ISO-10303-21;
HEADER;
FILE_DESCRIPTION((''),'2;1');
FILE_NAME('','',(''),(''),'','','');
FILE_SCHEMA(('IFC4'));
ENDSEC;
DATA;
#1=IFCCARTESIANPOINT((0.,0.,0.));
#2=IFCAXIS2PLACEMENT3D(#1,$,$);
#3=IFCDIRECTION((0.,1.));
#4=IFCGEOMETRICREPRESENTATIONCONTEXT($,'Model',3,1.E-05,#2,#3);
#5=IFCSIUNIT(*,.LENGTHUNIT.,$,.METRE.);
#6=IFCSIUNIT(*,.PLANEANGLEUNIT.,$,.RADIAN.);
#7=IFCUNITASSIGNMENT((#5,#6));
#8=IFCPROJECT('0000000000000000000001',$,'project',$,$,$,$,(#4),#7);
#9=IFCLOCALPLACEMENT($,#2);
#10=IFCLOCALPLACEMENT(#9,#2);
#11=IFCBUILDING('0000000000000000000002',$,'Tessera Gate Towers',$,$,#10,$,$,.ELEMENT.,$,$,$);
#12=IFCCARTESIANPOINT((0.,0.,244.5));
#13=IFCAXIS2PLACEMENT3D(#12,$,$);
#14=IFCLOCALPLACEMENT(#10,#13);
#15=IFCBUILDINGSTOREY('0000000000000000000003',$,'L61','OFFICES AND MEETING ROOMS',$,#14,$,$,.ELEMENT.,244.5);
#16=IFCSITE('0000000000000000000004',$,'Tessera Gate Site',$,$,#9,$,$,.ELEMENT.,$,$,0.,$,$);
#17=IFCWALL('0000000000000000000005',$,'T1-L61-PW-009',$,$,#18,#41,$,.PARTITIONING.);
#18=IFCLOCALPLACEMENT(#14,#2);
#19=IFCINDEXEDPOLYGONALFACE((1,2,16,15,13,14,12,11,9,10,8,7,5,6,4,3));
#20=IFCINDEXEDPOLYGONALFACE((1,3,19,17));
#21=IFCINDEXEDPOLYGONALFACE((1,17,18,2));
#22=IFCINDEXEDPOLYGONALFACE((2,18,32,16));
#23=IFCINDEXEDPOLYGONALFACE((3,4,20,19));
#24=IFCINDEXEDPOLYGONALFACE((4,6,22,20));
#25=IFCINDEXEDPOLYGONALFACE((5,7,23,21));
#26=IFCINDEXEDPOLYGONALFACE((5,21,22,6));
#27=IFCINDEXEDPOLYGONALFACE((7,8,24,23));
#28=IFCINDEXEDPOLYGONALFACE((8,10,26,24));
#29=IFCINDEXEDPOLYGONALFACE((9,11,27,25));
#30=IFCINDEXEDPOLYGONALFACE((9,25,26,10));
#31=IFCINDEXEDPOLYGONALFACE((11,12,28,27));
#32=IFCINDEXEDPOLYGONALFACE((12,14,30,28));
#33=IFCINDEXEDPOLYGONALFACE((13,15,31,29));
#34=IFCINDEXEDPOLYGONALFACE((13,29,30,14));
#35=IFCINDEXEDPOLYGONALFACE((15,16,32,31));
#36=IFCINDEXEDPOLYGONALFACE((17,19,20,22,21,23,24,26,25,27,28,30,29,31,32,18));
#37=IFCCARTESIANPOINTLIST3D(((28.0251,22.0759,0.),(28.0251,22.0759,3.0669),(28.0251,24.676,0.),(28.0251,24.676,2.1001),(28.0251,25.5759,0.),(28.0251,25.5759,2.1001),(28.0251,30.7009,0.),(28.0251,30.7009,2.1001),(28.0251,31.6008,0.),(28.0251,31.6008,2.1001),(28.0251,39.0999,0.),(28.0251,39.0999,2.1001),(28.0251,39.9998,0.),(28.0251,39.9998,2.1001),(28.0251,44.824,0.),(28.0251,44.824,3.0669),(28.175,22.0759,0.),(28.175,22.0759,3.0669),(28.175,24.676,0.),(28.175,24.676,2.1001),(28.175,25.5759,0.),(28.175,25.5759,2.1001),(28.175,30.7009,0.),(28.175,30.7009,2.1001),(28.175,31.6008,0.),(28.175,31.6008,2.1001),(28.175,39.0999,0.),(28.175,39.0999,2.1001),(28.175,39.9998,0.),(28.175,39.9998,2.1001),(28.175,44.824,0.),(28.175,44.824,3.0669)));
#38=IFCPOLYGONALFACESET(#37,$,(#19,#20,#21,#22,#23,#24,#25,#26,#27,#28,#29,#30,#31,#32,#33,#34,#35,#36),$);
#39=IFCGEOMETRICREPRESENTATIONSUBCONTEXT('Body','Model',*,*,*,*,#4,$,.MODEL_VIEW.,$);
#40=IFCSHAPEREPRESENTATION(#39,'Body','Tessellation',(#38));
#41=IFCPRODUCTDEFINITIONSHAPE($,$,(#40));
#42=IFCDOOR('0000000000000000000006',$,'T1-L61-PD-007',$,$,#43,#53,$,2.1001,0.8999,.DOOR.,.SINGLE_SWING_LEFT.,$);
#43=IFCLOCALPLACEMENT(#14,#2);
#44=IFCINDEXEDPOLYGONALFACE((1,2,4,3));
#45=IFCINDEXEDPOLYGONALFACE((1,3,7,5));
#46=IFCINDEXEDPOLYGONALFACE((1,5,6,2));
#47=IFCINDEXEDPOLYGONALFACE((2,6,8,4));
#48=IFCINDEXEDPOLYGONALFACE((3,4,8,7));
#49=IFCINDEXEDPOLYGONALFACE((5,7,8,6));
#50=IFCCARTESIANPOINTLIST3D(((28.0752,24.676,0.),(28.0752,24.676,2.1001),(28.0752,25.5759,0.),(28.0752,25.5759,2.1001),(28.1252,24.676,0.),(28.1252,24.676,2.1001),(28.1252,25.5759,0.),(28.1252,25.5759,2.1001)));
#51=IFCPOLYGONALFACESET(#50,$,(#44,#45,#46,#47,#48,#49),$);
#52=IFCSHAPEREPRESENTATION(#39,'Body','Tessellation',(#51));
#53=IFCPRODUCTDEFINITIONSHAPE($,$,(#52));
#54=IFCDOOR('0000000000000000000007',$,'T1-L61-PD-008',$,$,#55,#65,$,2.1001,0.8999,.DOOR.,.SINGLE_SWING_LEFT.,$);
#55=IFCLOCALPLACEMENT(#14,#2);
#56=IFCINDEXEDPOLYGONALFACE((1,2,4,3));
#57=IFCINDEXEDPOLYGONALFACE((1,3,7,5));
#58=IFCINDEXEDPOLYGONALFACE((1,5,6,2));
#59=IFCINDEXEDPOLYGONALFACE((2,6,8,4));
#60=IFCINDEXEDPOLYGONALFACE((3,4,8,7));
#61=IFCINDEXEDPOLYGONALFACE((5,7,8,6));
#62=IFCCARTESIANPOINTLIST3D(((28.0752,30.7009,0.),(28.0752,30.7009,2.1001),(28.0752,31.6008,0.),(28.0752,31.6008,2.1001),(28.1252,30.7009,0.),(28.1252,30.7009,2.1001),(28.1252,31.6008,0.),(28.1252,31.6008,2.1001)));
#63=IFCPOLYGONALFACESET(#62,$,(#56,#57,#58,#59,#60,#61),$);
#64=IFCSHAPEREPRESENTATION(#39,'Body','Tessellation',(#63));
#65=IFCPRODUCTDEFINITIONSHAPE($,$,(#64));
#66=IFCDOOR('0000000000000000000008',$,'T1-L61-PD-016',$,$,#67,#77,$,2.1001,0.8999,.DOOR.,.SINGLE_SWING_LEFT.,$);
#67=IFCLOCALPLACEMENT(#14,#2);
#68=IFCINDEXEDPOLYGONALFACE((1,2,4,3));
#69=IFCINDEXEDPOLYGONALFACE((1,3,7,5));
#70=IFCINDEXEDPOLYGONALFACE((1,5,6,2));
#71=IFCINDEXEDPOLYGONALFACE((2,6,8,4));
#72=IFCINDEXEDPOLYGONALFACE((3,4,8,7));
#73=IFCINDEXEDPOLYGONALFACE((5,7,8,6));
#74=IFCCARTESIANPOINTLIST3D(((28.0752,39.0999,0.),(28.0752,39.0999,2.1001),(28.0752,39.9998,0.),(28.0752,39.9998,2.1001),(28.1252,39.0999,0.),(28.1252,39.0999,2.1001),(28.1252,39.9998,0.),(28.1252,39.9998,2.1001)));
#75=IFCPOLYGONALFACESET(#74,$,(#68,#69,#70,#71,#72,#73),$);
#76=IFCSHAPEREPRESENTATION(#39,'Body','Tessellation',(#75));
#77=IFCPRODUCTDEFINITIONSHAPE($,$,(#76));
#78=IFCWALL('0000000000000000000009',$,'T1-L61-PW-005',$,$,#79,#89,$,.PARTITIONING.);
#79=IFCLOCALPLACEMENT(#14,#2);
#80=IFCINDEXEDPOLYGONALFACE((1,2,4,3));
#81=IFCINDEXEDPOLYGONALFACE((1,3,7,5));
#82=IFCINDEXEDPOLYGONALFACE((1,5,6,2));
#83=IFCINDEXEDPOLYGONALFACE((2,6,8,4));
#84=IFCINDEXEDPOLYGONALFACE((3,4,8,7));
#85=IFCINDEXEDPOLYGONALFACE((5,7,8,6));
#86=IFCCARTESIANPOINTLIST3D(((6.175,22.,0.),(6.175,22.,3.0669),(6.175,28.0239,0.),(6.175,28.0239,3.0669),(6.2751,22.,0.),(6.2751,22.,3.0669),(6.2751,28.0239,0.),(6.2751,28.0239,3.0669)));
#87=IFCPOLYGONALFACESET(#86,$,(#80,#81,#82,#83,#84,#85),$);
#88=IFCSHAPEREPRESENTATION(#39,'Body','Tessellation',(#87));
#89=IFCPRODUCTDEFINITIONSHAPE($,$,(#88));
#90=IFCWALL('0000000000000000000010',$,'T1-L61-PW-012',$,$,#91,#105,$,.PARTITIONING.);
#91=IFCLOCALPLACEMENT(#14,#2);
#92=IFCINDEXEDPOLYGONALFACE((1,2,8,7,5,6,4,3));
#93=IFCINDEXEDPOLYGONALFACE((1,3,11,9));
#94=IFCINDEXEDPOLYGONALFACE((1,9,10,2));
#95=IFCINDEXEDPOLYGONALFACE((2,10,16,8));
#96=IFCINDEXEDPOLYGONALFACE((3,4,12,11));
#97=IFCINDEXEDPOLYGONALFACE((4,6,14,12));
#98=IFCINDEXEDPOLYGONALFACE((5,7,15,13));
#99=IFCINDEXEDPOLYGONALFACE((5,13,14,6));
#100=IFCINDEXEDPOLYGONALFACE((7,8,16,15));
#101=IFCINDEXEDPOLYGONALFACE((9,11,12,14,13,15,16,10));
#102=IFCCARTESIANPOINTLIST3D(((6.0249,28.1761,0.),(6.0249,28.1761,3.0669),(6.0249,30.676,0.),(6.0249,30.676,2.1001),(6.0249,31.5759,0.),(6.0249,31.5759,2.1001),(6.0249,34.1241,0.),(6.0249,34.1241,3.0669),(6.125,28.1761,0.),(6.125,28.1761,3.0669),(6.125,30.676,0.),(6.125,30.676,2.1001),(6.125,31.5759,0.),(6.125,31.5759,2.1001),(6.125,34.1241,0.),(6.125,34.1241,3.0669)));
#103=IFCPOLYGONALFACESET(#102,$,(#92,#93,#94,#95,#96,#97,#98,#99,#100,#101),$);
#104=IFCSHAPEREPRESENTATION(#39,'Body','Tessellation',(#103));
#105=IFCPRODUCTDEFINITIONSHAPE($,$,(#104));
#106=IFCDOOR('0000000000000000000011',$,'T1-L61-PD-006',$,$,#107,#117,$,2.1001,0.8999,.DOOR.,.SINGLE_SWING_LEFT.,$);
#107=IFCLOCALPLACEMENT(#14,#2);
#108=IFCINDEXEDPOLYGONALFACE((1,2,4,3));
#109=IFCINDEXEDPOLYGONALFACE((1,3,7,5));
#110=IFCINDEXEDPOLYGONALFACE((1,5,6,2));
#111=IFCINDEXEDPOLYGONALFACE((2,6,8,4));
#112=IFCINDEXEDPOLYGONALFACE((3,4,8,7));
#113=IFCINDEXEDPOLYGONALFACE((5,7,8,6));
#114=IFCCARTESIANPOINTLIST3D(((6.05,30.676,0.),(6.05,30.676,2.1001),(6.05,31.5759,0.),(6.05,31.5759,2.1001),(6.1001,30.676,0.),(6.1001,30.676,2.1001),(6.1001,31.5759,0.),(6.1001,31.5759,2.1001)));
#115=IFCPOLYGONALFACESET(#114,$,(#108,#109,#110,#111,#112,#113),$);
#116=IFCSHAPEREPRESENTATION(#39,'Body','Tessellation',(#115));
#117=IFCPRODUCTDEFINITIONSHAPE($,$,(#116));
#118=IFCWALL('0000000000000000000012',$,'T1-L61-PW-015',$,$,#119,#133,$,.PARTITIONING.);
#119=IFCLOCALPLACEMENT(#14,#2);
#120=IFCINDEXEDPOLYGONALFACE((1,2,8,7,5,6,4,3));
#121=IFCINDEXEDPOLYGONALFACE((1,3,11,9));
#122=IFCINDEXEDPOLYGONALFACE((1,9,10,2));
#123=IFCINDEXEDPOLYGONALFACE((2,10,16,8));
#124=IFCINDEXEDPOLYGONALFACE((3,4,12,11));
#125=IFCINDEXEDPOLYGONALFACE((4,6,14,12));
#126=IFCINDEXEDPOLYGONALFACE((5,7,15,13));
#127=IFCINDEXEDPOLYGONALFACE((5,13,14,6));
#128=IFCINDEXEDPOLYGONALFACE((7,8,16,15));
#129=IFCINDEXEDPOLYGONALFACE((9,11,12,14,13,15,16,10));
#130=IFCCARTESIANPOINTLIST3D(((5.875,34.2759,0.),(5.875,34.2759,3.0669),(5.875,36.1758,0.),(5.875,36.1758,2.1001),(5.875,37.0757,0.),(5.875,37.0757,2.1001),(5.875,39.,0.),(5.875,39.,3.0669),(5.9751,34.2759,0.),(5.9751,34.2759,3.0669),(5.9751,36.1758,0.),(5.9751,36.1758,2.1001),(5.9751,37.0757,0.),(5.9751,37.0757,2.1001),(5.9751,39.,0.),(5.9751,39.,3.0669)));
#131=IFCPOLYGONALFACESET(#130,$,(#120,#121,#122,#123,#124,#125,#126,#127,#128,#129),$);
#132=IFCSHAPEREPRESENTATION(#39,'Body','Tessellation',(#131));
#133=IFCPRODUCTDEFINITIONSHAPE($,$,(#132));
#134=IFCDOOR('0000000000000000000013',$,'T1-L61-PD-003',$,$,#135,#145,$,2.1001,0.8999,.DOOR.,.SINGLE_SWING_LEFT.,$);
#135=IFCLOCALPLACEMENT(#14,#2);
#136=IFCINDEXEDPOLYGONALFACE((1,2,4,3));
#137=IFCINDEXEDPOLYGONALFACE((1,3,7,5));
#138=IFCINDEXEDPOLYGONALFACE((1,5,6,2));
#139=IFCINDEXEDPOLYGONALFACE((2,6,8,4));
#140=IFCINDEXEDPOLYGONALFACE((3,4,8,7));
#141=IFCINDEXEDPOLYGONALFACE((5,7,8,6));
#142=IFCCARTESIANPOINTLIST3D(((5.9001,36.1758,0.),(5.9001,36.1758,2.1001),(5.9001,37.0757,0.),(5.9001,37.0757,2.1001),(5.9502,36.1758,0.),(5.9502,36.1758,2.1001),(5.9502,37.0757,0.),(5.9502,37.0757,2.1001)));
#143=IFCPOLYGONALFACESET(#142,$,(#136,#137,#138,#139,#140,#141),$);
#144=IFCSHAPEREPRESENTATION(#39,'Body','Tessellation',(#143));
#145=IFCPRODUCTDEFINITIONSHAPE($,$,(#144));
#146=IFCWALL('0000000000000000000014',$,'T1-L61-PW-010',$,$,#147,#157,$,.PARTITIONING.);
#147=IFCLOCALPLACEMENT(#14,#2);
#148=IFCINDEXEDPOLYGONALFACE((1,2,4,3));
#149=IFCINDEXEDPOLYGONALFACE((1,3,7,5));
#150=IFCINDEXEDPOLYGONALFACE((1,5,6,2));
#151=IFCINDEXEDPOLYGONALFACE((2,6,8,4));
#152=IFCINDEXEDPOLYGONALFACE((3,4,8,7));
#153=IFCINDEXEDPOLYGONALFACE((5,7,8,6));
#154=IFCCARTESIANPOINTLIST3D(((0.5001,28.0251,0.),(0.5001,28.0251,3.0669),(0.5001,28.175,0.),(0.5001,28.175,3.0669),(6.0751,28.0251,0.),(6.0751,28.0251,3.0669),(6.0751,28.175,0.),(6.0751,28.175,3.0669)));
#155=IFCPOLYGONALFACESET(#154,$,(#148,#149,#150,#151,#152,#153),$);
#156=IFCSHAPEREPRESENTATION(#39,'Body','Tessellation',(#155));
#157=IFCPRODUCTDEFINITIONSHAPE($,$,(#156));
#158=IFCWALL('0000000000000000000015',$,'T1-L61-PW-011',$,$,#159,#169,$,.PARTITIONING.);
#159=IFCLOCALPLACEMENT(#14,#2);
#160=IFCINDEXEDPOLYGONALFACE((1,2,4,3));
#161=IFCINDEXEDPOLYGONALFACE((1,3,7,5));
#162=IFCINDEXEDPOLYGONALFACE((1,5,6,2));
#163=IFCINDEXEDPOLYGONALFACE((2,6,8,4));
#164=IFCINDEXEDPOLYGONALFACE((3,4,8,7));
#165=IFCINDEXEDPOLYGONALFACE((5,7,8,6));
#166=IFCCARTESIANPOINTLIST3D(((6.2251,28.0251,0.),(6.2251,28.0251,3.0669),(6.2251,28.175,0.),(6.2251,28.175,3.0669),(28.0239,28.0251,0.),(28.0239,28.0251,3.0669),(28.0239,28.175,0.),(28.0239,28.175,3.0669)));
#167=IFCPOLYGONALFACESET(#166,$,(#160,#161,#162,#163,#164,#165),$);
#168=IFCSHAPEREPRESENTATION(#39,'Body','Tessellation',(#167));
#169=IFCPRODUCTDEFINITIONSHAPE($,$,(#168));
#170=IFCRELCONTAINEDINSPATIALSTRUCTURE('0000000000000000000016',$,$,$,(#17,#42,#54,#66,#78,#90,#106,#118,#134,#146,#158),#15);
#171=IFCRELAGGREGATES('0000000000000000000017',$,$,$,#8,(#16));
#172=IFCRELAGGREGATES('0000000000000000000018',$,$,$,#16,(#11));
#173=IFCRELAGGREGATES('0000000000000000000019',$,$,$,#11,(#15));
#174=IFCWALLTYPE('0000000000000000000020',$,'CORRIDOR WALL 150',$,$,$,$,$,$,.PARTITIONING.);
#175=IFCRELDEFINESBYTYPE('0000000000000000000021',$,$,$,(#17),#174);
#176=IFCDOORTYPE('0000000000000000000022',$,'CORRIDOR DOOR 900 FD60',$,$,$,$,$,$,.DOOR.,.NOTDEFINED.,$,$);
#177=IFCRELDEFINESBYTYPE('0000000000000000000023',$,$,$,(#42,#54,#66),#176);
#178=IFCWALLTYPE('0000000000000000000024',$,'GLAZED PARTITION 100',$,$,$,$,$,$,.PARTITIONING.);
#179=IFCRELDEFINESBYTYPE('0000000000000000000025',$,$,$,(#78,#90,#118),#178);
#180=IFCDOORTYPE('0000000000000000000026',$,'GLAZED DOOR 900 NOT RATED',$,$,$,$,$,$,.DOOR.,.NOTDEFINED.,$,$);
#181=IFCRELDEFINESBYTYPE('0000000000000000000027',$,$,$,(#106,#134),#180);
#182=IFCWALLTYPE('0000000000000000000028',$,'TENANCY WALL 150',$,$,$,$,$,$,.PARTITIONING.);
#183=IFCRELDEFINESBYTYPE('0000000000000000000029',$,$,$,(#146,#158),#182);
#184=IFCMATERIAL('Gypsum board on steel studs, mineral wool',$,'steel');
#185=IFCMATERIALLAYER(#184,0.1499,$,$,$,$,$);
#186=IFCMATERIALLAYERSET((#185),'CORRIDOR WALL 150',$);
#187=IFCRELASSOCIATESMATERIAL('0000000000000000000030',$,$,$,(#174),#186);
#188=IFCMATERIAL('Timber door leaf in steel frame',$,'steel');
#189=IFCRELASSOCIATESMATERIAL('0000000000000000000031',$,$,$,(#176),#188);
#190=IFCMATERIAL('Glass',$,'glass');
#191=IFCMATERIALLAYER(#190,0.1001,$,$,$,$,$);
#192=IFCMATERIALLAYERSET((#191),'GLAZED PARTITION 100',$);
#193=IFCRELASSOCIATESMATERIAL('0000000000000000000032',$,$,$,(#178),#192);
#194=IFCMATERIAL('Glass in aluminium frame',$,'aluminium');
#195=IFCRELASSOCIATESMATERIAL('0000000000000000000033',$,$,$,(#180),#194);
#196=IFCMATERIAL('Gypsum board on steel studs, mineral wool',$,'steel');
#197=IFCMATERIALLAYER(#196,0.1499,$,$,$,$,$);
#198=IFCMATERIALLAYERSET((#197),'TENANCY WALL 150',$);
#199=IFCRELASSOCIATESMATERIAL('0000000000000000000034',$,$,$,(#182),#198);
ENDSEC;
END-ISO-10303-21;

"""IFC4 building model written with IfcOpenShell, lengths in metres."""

from ifc_helpers import new_model, si_unit, direction, frame, frame_2d, origin, place, context, subcontext, project, spatial, rectangle, extrude, source, transform, mapped, material, layer, layer_set, type_object, element, fill, save


model = new_model("IFC4")

# Units and contexts
model_context = context("Model", 3, precision=1e-05, world=origin(), true_north=direction((0.0, 1.0)))
body_context = subcontext(model_context, "Body", "Model", "MODEL_VIEW")
ifc_project = project(units=[si_unit("LENGTHUNIT", "METRE"), si_unit("PLANEANGLEUNIT", "RADIAN")], contexts=[model_context])

# Site, building, storey
site_placement = place(None, origin())
site = spatial("IfcSite", under=ifc_project, at=site_placement, Name="Tessera Gate Site", CompositionType="ELEMENT", RefElevation=0.0)
building_placement = place(site_placement, origin())
building = spatial("IfcBuilding", under=site, at=building_placement, Name="Tessera Gate Towers", CompositionType="ELEMENT")
storey_placement = place(building_placement, frame((0.0, 0.0, 244.5)))
storey = spatial("IfcBuildingStorey", under=building, at=storey_placement, Name="L61", Description="OFFICES AND MEETING ROOMS", CompositionType="ELEMENT", Elevation=244.5)

# Wall, openings, doors
ifc_material_1 = material(Name="Gypsum board on steel studs, mineral wool", Category="steel")
ifc_layer_1 = layer(ifc_material_1, 0.1499)
ifc_layer_set_1 = layer_set([ifc_layer_1], Name="CORRIDOR WALL 150")
wall_type_1 = type_object("IfcWallType", Name="CORRIDOR WALL 150", PredefinedType="PARTITIONING", material=ifc_layer_set_1)
wall_1_placement = place(storey_placement, frame((28.1001, 22.0759, 0.0), z_axis=(0.0, 0.0, 1.0), x_axis=(0.0, 1.0, 0.0)))
wall_1 = element("IfcWall", 1, at=wall_1_placement, inside=storey, type_object=wall_type_1, Name="T1-L61-PW-009", PredefinedType="PARTITIONING", context=body_context, shape_type="SweptSolid", body=[
    extrude(rectangle(XDim=22.748, YDim=0.1499, at=frame_2d((11.374, 0.0))), origin(), (0.0, 0.0, 1.0), 3.0669),
])
shared_shape_1 = source(origin(), body_context, "Body", "SweptSolid", [
    extrude(rectangle(XDim=0.8999, YDim=2.1001, at=frame_2d((0.45, 1.05))), frame((0.0, 0.085, 0.0), z_axis=(0.0, -1.0, 0.0), x_axis=(1.0, 0.0, 0.0)), (0.0, 0.0, 1.0), 0.1699),
])
opening_1_placement = place(wall_1_placement, frame((2.6001, 0.0, 0.0)))
opening_1 = element("IfcOpeningElement", 2, at=opening_1_placement, cuts=wall_1, PredefinedType="OPENING", context=body_context, shape_type="MappedRepresentation", body=[
    mapped(shared_shape_1, transform((0.0, 0.0, 0.0), scale=1.0)),
])
opening_2_placement = place(wall_1_placement, frame((8.625, 0.0, 0.0)))
opening_2 = element("IfcOpeningElement", 3, at=opening_2_placement, cuts=wall_1, PredefinedType="OPENING", context=body_context, shape_type="MappedRepresentation", body=[
    mapped(shared_shape_1, transform((0.0, 0.0, 0.0), scale=1.0)),
])
opening_3_placement = place(wall_1_placement, frame((17.0239, 0.0, 0.0)))
opening_3 = element("IfcOpeningElement", 4, at=opening_3_placement, cuts=wall_1, PredefinedType="OPENING", context=body_context, shape_type="MappedRepresentation", body=[
    mapped(shared_shape_1, transform((0.0, 0.0, 0.0), scale=1.0)),
])
ifc_material_2 = material(Name="Timber door leaf in steel frame", Category="steel")
door_type_1 = type_object("IfcDoorType", Name="CORRIDOR DOOR 900 FD60", OperationType="NOTDEFINED", PredefinedType="DOOR", material=ifc_material_2)
shared_shape_2 = source(origin(), body_context, "Body", "SweptSolid", [
    extrude(rectangle(XDim=0.8999, YDim=2.1001, at=frame_2d((0.45, 1.05))), frame((0.0, 0.0249, 0.0), z_axis=(0.0, -1.0, 0.0), x_axis=(1.0, 0.0, 0.0)), (0.0, 0.0, 1.0), 0.05),
])
door_1_placement = place(opening_1_placement, origin())
door_1 = element("IfcDoor", 5, at=door_1_placement, inside=storey, type_object=door_type_1, Name="T1-L61-PD-007", OperationType="SINGLE_SWING_LEFT", OverallHeight=2.1001, OverallWidth=0.8999, PredefinedType="DOOR", context=body_context, shape_type="MappedRepresentation", body=[
    mapped(shared_shape_2, transform((0.0, 0.0, 0.0), scale=1.0)),
])
fill(opening_1, door_1)
door_2_placement = place(opening_2_placement, origin())
door_2 = element("IfcDoor", 6, at=door_2_placement, inside=storey, type_object=door_type_1, Name="T1-L61-PD-008", OperationType="SINGLE_SWING_LEFT", OverallHeight=2.1001, OverallWidth=0.8999, PredefinedType="DOOR", context=body_context, shape_type="MappedRepresentation", body=[
    mapped(shared_shape_2, transform((0.0, 0.0, 0.0), scale=1.0)),
])
fill(opening_2, door_2)
door_3_placement = place(opening_3_placement, origin())
door_3 = element("IfcDoor", 7, at=door_3_placement, inside=storey, type_object=door_type_1, Name="T1-L61-PD-016", OperationType="SINGLE_SWING_LEFT", OverallHeight=2.1001, OverallWidth=0.8999, PredefinedType="DOOR", context=body_context, shape_type="MappedRepresentation", body=[
    mapped(shared_shape_2, transform((0.0, 0.0, 0.0), scale=1.0)),
])
fill(opening_3, door_3)

# Wall
ifc_material_3 = material(Name="Glass", Category="glass")
ifc_layer_2 = layer(ifc_material_3, 0.1001)
ifc_layer_set_2 = layer_set([ifc_layer_2], Name="GLAZED PARTITION 100")
wall_type_2 = type_object("IfcWallType", Name="GLAZED PARTITION 100", PredefinedType="PARTITIONING", material=ifc_layer_set_2)
wall_2_placement = place(storey_placement, frame((6.2251, 22.0, 0.0), z_axis=(0.0, 0.0, 1.0), x_axis=(0.0, 1.0, 0.0)))
element("IfcWall", 8, at=wall_2_placement, inside=storey, type_object=wall_type_2, Name="T1-L61-PW-005", PredefinedType="PARTITIONING", context=body_context, shape_type="SweptSolid", body=[
    extrude(rectangle(XDim=6.0239, YDim=0.1001, at=frame_2d((3.012, 0.0))), origin(), (0.0, 0.0, 1.0), 3.0669),
])

# Walls, openings, doors
wall_3_placement = place(storey_placement, frame((6.075, 28.176, 0.0), z_axis=(0.0, 0.0, 1.0), x_axis=(0.0, 1.0, 0.0)))
wall_3 = element("IfcWall", 9, at=wall_3_placement, inside=storey, type_object=wall_type_2, Name="T1-L61-PW-012", PredefinedType="PARTITIONING", context=body_context, shape_type="SweptSolid", body=[
    extrude(rectangle(XDim=5.948, YDim=0.1001, at=frame_2d((2.9741, 0.0))), origin(), (0.0, 0.0, 1.0), 3.0669),
])
shared_shape_3 = source(origin(), body_context, "Body", "SweptSolid", [
    extrude(rectangle(XDim=0.8999, YDim=2.1001, at=frame_2d((0.45, 1.05))), frame((0.0, 0.0601, 0.0), z_axis=(0.0, -1.0, 0.0), x_axis=(1.0, 0.0, 0.0)), (0.0, 0.0, 1.0), 0.1201),
])
opening_4_placement = place(wall_3_placement, frame((2.5, 0.0, 0.0)))
opening_4 = element("IfcOpeningElement", 10, at=opening_4_placement, cuts=wall_3, PredefinedType="OPENING", context=body_context, shape_type="MappedRepresentation", body=[
    mapped(shared_shape_3, transform((0.0, 0.0, 0.0), scale=1.0)),
])
ifc_material_4 = material(Name="Glass in aluminium frame", Category="aluminium")
door_type_2 = type_object("IfcDoorType", Name="GLAZED DOOR 900 NOT RATED", OperationType="NOTDEFINED", PredefinedType="DOOR", material=ifc_material_4)
door_4_placement = place(opening_4_placement, origin())
door_4 = element("IfcDoor", 11, at=door_4_placement, inside=storey, type_object=door_type_2, Name="T1-L61-PD-006", OperationType="SINGLE_SWING_LEFT", OverallHeight=2.1001, OverallWidth=0.8999, PredefinedType="DOOR", context=body_context, shape_type="MappedRepresentation", body=[
    mapped(shared_shape_2, transform((0.0, 0.0, 0.0), scale=1.0)),
])
fill(opening_4, door_4)
wall_4_placement = place(storey_placement, frame((5.925, 34.2759, 0.0), z_axis=(0.0, 0.0, 1.0), x_axis=(0.0, 1.0, 0.0)))
wall_4 = element("IfcWall", 12, at=wall_4_placement, inside=storey, type_object=wall_type_2, Name="T1-L61-PW-015", PredefinedType="PARTITIONING", context=body_context, shape_type="SweptSolid", body=[
    extrude(rectangle(XDim=4.7241, YDim=0.1001, at=frame_2d((2.3621, 0.0))), origin(), (0.0, 0.0, 1.0), 3.0669),
])
opening_5_placement = place(wall_4_placement, frame((1.8999, 0.0, 0.0)))
opening_5 = element("IfcOpeningElement", 13, at=opening_5_placement, cuts=wall_4, PredefinedType="OPENING", context=body_context, shape_type="MappedRepresentation", body=[
    mapped(shared_shape_3, transform((0.0, 0.0, 0.0), scale=1.0)),
])
door_5_placement = place(opening_5_placement, origin())
door_5 = element("IfcDoor", 14, at=door_5_placement, inside=storey, type_object=door_type_2, Name="T1-L61-PD-003", OperationType="SINGLE_SWING_LEFT", OverallHeight=2.1001, OverallWidth=0.8999, PredefinedType="DOOR", context=body_context, shape_type="MappedRepresentation", body=[
    mapped(shared_shape_2, transform((0.0, 0.0, 0.0), scale=1.0)),
])
fill(opening_5, door_5)

# Walls
ifc_material_5 = material(Name="Gypsum board on steel studs, mineral wool", Category="steel")
ifc_layer_3 = layer(ifc_material_5, 0.1499)
ifc_layer_set_3 = layer_set([ifc_layer_3], Name="TENANCY WALL 150")
wall_type_3 = type_object("IfcWallType", Name="TENANCY WALL 150", PredefinedType="PARTITIONING", material=ifc_layer_set_3)
wall_5_placement = place(storey_placement, frame((0.5, 28.1001, 0.0), z_axis=(0.0, 0.0, 1.0), x_axis=(1.0, 0.0, 0.0)))
element("IfcWall", 15, at=wall_5_placement, inside=storey, type_object=wall_type_3, Name="T1-L61-PW-010", PredefinedType="PARTITIONING", context=body_context, shape_type="SweptSolid", body=[
    extrude(rectangle(XDim=5.575, YDim=0.1499, at=frame_2d((2.7876, 0.0))), origin(), (0.0, 0.0, 1.0), 3.0669),
])
wall_6_placement = place(storey_placement, frame((6.2251, 28.1001, 0.0), z_axis=(0.0, 0.0, 1.0), x_axis=(1.0, 0.0, 0.0)))
element("IfcWall", 16, at=wall_6_placement, inside=storey, type_object=wall_type_3, Name="T1-L61-PW-011", PredefinedType="PARTITIONING", context=body_context, shape_type="SweptSolid", body=[
    extrude(rectangle(XDim=21.7988, YDim=0.1499, at=frame_2d((10.8994, 0.0))), origin(), (0.0, 0.0, 1.0), 3.0669),
])

save(model, "model.ifc")
